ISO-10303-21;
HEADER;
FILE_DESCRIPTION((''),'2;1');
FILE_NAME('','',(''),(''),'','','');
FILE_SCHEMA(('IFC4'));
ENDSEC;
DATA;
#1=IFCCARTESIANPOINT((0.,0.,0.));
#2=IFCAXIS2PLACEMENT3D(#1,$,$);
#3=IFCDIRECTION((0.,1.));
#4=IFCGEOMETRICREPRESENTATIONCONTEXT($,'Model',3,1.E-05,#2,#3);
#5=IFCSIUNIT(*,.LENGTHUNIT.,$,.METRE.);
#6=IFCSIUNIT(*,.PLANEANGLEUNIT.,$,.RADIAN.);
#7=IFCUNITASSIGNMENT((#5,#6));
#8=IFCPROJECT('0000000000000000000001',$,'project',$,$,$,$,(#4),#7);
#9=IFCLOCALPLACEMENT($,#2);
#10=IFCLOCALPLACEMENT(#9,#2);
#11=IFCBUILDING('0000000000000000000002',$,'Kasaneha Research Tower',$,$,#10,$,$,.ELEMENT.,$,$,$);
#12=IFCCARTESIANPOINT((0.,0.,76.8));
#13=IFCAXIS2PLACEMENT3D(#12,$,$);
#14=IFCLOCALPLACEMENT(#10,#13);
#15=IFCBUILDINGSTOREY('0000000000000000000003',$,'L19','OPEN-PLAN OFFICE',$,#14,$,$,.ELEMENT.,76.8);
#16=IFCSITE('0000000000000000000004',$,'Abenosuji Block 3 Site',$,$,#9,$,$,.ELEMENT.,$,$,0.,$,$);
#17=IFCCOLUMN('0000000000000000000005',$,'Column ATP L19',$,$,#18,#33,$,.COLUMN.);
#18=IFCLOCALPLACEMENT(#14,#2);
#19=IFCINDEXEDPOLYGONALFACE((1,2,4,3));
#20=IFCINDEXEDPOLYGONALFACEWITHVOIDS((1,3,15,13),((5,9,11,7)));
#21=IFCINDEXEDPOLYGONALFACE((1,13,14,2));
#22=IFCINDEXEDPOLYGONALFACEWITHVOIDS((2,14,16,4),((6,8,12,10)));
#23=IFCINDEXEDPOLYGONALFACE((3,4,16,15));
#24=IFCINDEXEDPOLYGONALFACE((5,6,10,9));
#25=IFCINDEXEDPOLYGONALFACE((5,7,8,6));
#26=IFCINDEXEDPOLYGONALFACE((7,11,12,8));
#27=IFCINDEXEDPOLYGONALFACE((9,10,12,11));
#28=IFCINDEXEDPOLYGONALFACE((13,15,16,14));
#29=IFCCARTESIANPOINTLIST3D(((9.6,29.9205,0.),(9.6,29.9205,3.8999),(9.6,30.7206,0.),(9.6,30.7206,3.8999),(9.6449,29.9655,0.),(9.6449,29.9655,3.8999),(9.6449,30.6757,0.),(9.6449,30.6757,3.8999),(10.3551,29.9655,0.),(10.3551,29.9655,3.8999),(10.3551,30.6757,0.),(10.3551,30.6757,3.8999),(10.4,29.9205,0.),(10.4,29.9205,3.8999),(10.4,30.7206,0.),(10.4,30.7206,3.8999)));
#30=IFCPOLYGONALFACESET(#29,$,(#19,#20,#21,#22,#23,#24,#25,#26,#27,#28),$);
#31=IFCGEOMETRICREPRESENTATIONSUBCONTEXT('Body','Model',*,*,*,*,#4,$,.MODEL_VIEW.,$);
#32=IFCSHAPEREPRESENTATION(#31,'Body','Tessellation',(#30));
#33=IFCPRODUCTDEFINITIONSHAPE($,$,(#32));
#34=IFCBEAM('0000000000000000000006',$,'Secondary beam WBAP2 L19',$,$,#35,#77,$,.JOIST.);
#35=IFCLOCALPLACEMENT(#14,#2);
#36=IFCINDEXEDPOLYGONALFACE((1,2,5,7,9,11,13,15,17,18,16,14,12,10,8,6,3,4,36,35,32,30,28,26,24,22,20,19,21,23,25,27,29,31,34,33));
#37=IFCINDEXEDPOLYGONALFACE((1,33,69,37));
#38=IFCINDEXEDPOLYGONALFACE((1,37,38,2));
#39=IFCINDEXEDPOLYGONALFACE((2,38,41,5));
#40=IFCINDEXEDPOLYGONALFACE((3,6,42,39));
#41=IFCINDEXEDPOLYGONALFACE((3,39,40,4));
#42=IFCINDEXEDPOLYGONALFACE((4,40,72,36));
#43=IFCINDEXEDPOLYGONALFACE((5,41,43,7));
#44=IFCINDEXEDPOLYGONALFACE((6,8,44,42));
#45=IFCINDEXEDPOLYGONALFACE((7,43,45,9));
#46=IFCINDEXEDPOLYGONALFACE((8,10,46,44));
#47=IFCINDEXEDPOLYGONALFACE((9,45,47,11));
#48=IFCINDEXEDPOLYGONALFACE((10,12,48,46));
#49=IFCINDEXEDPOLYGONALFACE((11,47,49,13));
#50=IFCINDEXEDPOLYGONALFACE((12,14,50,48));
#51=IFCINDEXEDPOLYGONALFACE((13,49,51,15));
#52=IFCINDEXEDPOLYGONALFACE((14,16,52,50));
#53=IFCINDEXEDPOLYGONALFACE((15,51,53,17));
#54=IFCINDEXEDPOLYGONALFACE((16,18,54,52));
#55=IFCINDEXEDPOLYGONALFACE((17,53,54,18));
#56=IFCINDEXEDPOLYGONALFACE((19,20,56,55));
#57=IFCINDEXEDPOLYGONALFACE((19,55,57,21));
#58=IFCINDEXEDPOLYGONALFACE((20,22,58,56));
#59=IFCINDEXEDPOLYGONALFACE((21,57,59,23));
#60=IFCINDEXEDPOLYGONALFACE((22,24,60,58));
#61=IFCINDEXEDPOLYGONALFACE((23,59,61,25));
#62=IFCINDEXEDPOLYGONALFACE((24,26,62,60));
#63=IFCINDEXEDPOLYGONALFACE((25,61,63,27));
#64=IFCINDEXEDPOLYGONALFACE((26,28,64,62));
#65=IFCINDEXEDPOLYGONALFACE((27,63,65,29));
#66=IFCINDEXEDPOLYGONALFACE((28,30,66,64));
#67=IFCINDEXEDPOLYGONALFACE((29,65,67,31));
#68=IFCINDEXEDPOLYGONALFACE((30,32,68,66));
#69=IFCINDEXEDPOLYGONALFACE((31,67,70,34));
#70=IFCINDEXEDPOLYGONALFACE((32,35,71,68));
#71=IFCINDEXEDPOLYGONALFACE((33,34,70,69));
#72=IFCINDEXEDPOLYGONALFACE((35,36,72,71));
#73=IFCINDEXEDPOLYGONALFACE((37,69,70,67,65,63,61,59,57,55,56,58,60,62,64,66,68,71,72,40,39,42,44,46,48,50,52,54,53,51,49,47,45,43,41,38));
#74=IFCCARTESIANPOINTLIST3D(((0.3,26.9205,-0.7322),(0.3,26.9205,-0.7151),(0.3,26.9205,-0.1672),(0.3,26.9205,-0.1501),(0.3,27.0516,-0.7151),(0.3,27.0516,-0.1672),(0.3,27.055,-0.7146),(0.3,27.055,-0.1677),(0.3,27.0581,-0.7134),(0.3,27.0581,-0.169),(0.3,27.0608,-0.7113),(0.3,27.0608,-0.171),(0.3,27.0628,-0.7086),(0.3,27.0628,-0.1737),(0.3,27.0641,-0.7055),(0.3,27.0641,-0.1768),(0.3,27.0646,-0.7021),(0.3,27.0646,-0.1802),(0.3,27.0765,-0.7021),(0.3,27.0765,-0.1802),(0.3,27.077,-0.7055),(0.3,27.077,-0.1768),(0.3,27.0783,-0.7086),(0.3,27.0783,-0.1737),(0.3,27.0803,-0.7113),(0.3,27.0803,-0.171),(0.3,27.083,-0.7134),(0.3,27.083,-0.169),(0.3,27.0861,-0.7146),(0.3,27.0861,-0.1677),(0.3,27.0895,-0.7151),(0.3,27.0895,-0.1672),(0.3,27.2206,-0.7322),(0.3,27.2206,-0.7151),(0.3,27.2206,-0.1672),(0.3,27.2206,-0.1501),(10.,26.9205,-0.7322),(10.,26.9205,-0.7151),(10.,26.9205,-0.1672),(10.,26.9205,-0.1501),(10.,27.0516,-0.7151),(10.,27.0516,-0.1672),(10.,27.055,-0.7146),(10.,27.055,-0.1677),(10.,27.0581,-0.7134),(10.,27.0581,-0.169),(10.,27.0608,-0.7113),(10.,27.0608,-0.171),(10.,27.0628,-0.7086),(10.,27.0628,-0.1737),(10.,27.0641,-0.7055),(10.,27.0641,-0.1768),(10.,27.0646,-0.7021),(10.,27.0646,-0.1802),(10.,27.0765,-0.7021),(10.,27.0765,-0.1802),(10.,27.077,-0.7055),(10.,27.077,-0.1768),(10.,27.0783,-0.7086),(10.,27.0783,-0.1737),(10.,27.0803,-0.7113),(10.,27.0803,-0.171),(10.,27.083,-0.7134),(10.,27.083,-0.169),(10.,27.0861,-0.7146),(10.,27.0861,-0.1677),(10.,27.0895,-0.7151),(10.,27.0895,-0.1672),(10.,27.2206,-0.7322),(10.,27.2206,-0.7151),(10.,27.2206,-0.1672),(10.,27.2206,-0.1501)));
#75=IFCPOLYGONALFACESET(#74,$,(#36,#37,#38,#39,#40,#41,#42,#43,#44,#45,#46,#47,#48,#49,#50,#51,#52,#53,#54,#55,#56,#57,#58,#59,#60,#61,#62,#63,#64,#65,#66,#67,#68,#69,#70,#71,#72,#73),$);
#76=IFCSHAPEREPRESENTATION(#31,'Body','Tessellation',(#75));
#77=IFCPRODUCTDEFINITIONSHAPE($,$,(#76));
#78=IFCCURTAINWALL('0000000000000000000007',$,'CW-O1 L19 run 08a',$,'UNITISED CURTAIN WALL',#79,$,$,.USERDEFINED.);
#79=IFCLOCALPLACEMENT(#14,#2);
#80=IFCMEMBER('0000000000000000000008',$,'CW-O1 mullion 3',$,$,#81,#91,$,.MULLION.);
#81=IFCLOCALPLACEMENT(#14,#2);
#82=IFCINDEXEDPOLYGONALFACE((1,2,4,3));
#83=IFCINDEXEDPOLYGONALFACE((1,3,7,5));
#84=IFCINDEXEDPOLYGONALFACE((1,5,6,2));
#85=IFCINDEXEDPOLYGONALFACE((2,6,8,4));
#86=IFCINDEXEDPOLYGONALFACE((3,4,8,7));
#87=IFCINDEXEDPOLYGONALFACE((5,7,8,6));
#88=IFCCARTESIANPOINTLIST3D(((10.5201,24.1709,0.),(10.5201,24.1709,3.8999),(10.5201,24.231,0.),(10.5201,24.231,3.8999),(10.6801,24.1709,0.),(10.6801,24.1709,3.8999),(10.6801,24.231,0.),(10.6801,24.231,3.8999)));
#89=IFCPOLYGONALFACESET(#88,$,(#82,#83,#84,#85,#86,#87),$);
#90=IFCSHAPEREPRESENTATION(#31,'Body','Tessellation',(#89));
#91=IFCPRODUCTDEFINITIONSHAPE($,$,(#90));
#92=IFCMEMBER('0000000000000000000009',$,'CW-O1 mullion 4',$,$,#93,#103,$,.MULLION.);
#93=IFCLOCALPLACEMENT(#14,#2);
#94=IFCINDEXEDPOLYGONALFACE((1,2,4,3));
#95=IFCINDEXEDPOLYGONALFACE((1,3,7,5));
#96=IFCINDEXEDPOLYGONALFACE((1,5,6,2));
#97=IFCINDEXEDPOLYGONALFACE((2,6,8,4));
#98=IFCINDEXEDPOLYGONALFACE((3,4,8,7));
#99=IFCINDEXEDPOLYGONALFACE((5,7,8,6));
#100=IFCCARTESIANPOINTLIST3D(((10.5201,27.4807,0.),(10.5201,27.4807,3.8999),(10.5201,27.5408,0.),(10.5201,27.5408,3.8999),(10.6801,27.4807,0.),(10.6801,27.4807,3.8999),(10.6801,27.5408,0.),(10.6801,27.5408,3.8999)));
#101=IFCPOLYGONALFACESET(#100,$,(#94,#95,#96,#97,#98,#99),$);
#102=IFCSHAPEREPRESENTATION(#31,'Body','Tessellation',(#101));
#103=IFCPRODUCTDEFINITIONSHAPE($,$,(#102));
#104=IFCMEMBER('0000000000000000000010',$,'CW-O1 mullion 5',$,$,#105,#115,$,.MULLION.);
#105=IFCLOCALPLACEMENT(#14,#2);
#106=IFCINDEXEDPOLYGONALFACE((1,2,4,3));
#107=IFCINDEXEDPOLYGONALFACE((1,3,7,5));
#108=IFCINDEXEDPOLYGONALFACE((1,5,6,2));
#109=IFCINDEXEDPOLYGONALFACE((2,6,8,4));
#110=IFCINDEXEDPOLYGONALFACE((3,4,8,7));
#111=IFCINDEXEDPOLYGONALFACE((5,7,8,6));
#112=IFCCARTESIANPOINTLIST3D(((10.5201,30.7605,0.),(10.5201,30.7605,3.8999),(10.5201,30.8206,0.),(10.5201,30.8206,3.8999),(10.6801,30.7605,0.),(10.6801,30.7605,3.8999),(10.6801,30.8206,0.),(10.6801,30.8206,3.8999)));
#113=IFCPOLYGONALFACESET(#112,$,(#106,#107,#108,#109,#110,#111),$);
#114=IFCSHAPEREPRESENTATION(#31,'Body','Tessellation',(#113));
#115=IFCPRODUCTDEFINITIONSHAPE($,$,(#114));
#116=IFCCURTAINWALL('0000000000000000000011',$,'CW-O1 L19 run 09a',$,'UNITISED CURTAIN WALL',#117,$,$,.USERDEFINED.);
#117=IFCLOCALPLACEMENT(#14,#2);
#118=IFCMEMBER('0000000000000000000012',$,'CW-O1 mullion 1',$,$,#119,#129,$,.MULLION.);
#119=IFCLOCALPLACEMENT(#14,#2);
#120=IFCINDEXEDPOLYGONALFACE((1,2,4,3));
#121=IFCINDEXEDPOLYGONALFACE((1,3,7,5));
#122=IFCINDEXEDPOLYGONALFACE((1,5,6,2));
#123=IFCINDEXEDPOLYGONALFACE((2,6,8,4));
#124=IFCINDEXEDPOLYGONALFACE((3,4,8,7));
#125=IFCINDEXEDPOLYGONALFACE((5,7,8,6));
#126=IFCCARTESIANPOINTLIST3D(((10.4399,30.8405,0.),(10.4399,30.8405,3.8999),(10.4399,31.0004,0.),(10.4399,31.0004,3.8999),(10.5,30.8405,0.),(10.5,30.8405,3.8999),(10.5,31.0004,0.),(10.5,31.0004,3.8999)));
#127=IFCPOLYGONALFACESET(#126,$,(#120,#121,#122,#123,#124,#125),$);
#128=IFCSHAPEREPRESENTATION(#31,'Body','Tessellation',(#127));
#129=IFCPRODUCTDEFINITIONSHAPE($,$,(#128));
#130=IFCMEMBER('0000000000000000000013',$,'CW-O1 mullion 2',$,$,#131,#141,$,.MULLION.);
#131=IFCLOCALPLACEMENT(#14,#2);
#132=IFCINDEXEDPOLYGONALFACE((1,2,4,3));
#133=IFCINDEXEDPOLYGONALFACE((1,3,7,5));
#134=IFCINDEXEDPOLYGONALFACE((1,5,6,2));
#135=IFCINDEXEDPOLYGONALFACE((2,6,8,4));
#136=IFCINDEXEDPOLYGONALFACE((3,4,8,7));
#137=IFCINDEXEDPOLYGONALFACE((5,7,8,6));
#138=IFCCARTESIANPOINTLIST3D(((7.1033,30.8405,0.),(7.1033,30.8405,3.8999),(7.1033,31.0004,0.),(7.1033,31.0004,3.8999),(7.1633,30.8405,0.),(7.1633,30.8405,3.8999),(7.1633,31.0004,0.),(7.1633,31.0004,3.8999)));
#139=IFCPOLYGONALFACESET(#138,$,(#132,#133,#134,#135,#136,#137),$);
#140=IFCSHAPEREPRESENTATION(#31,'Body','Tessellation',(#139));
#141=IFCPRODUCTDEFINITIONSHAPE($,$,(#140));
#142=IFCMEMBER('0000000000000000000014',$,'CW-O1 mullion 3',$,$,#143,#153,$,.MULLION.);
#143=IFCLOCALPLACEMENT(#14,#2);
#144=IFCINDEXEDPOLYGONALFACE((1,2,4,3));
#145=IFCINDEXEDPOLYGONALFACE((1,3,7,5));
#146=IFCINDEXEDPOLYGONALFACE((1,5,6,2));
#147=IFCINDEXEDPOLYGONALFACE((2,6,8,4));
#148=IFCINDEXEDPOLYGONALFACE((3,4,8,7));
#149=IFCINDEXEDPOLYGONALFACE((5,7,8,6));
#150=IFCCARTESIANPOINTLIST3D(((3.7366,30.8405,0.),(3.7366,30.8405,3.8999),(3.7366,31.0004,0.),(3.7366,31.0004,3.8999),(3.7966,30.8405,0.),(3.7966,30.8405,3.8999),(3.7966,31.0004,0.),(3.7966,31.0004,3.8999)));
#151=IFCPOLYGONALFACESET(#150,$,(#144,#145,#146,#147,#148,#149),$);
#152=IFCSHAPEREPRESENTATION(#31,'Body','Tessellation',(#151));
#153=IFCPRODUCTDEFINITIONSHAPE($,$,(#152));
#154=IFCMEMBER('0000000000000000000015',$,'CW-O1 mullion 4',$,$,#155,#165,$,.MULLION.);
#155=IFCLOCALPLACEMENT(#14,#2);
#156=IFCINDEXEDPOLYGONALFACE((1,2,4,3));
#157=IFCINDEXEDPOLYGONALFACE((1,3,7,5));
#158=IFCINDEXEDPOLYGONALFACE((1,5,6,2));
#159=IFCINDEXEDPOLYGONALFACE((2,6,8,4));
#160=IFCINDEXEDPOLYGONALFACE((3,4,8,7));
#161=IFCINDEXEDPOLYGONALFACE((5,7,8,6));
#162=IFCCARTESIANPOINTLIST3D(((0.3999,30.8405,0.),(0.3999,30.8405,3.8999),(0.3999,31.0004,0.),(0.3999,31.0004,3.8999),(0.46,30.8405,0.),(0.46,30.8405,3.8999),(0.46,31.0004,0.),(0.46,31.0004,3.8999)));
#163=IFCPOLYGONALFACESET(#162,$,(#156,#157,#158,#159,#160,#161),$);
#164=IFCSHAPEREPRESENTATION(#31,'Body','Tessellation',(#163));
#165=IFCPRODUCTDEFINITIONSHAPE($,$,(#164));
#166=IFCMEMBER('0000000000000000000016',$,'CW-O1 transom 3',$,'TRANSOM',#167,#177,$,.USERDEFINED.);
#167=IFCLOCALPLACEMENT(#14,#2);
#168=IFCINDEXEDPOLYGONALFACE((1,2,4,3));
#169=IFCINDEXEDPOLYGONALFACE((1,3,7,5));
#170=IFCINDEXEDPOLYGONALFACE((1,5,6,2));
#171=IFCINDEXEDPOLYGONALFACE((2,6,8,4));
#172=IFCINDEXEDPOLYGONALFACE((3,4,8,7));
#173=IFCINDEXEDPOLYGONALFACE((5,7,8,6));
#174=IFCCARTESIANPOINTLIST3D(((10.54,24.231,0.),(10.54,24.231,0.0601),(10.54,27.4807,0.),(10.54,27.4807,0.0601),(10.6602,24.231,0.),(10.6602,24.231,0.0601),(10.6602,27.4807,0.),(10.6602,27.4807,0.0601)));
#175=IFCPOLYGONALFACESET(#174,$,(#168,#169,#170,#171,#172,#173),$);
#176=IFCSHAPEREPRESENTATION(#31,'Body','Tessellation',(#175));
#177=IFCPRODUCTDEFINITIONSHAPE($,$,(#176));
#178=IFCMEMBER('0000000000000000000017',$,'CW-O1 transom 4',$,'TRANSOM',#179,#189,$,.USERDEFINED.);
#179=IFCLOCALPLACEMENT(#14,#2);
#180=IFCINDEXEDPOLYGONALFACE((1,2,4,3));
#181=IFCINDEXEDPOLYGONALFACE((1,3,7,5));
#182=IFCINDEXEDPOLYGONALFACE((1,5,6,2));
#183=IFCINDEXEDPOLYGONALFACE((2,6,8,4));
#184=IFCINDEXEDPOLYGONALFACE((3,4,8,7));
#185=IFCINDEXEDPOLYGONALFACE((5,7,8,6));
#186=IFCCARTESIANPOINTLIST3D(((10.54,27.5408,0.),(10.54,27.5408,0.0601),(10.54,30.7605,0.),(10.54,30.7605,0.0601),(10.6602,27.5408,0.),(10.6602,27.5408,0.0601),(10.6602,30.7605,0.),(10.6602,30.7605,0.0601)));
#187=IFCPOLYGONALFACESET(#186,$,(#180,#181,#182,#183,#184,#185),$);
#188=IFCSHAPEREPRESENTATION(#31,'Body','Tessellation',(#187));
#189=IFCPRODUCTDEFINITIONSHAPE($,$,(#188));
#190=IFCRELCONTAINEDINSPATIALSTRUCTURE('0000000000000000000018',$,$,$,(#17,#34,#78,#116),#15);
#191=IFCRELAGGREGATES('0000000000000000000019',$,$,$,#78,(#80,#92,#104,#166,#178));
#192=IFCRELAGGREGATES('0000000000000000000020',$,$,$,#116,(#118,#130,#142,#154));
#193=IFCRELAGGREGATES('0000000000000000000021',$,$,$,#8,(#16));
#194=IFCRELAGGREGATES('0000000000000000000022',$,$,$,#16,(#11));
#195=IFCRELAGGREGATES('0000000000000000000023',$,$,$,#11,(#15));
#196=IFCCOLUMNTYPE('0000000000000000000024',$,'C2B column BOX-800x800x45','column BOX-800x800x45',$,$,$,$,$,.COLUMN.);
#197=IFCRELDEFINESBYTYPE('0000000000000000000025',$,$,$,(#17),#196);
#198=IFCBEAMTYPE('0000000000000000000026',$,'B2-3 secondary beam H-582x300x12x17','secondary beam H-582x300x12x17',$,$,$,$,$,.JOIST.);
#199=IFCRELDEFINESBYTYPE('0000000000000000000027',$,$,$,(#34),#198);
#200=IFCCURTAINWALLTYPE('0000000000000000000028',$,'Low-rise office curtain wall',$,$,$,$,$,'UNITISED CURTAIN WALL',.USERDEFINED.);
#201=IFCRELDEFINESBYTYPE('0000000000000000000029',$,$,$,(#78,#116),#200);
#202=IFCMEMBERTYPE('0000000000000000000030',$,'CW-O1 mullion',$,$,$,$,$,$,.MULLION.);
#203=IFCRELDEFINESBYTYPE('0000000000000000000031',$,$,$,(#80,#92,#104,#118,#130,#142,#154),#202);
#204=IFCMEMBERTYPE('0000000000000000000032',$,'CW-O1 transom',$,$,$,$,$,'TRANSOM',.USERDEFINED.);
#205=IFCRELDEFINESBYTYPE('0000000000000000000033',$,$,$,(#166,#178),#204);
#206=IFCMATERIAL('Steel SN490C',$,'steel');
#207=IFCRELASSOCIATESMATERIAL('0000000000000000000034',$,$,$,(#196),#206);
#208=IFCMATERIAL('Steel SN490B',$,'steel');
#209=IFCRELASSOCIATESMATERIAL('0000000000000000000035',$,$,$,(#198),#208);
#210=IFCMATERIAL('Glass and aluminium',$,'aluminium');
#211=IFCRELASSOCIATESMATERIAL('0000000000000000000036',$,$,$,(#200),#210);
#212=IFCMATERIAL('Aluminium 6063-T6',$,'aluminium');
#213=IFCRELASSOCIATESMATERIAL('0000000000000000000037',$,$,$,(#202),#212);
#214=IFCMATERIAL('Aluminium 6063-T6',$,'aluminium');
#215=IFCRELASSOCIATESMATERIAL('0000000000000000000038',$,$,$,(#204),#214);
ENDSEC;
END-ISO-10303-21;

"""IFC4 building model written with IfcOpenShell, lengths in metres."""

from ifc_helpers import new_model, si_unit, direction, frame, origin, origin_2d, place, context, subcontext, project, spatial, rectangle, hollow_rectangle, i_section, extrude, material, material_profile, profile_set, type_object, element, aggregate, save


model = new_model("IFC4")

# Units and contexts
model_context = context("Model", 3, precision=1e-05, world=origin(), true_north=direction((0.0, 1.0)))
body_context = subcontext(model_context, "Body", "Model", "MODEL_VIEW")
ifc_project = project(units=[si_unit("LENGTHUNIT", "METRE"), si_unit("PLANEANGLEUNIT", "RADIAN")], contexts=[model_context])

# Site, building, storey
site_placement = place(None, origin())
site = spatial("IfcSite", under=ifc_project, at=site_placement, Name="Abenosuji Block 3 Site", CompositionType="ELEMENT", RefElevation=0.0)
building_placement = place(site_placement, origin())
building = spatial("IfcBuilding", under=site, at=building_placement, Name="Kasaneha Research Tower", CompositionType="ELEMENT")
storey_placement = place(building_placement, frame((0.0, 0.0, 76.8)))
storey = spatial("IfcBuildingStorey", under=building, at=storey_placement, Name="L19", Description="OPEN-PLAN OFFICE", CompositionType="ELEMENT", Elevation=76.8)

# Column
ifc_material_1 = material(Name="Steel SN490C", Category="steel")
ifc_material_profile_1 = material_profile(ifc_material_1, hollow_rectangle(XDim=0.8, YDim=0.8, WallThickness=0.0449, at=origin_2d()), Name="BOX-800x800x45")
ifc_profile_set_1 = profile_set([ifc_material_profile_1], Name="Steel SN490C")
column_type = type_object("IfcColumnType", Name="C2B column BOX-800x800x45", Description="column BOX-800x800x45", PredefinedType="COLUMN", material=ifc_profile_set_1)
column_placement = place(storey_placement, frame((10.0, 30.3206, 0.0), z_axis=(0.0, 0.0, 1.0), x_axis=(1.0, 0.0, 0.0)))
element("IfcColumn", 1, at=column_placement, inside=storey, type_object=column_type, Name="Column ATP L19", PredefinedType="COLUMN", context=body_context, shape_type="SweptSolid", body=[
    extrude(hollow_rectangle(XDim=0.8, YDim=0.8, WallThickness=0.0449, at=origin_2d()), origin(), (0.0, 0.0, 1.0), 3.8999),
])

# Beam
ifc_material_2 = material(Name="Steel SN490B", Category="steel")
ifc_material_profile_2 = material_profile(ifc_material_2, i_section(OverallWidth=0.3, OverallDepth=0.582, WebThickness=0.012, FlangeThickness=0.0171, FilletRadius=0.0129, at=origin_2d()), Name="H-582x300x12x17")
ifc_profile_set_2 = profile_set([ifc_material_profile_2], Name="Steel SN490B")
beam_type_1 = type_object("IfcBeamType", Name="B2-3 secondary beam H-582x300x12x17", Description="secondary beam H-582x300x12x17", PredefinedType="JOIST", material=ifc_profile_set_2)
beam_1_placement = place(storey_placement, frame((10.0, 27.0706, -0.4412), z_axis=(-1.0, 0.0, 0.0), x_axis=(0.0, -1.0, 0.0)))
element("IfcBeam", 2, at=beam_1_placement, inside=storey, type_object=beam_type_1, Name="Secondary beam WBAP2 L19", PredefinedType="JOIST", context=body_context, shape_type="SweptSolid", body=[
    extrude(i_section(OverallWidth=0.3, OverallDepth=0.582, WebThickness=0.012, FlangeThickness=0.0171, FilletRadius=0.0129, at=origin_2d()), origin(), (0.0, 0.0, 1.0), 9.7),
])

# Curtain walls, members
ifc_material_3 = material(Name="Glass and aluminium", Category="aluminium")
curtain_wall_type = type_object("IfcCurtainWallType", Name="Low-rise office curtain wall", ElementType="UNITISED CURTAIN WALL", PredefinedType="USERDEFINED", material=ifc_material_3)
curtain_wall_1_placement = place(storey_placement, origin())
curtain_wall_1 = element("IfcCurtainWall", 3, at=curtain_wall_1_placement, inside=storey, type_object=curtain_wall_type, Name="CW-O1 L19 run 08a", ObjectType="UNITISED CURTAIN WALL", PredefinedType="USERDEFINED")
ifc_material_4 = material(Name="Aluminium 6063-T6", Category="aluminium")
ifc_material_profile_3 = material_profile(ifc_material_4, rectangle(XDim=0.0601, YDim=0.1599, at=origin_2d()), Name="CW-O1 mullion 60x160")
ifc_profile_set_3 = profile_set([ifc_material_profile_3], Name="Aluminium 6063-T6")
member_type_1 = type_object("IfcMemberType", Name="CW-O1 mullion", PredefinedType="MULLION", material=ifc_profile_set_3)
member_1_placement = place(storey_placement, frame((10.6001, 24.2009, 0.0), z_axis=(0.0, 0.0, 1.0), x_axis=(0.0, 1.0, 0.0)))
member_1 = element("IfcMember", 4, at=member_1_placement, type_object=member_type_1, Name="CW-O1 mullion 3", PredefinedType="MULLION", context=body_context, shape_type="SweptSolid", body=[
    extrude(rectangle(XDim=0.0601, YDim=0.1599, at=origin_2d()), origin(), (0.0, 0.0, 1.0), 3.8999),
])
member_2_placement = place(storey_placement, frame((10.6001, 27.5107, 0.0), z_axis=(0.0, 0.0, 1.0), x_axis=(0.0, 1.0, 0.0)))
member_2 = element("IfcMember", 5, at=member_2_placement, type_object=member_type_1, Name="CW-O1 mullion 4", PredefinedType="MULLION", context=body_context, shape_type="SweptSolid", body=[
    extrude(rectangle(XDim=0.0601, YDim=0.1599, at=origin_2d()), origin(), (0.0, 0.0, 1.0), 3.8999),
])
member_3_placement = place(storey_placement, frame((10.6001, 30.7905, 0.0), z_axis=(0.0, 0.0, 1.0), x_axis=(0.0, 1.0, 0.0)))
member_3 = element("IfcMember", 6, at=member_3_placement, type_object=member_type_1, Name="CW-O1 mullion 5", PredefinedType="MULLION", context=body_context, shape_type="SweptSolid", body=[
    extrude(rectangle(XDim=0.0601, YDim=0.1599, at=origin_2d()), origin(), (0.0, 0.0, 1.0), 3.8999),
])
curtain_wall_2_placement = place(storey_placement, origin())
curtain_wall_2 = element("IfcCurtainWall", 7, at=curtain_wall_2_placement, inside=storey, type_object=curtain_wall_type, Name="CW-O1 L19 run 09a", ObjectType="UNITISED CURTAIN WALL", PredefinedType="USERDEFINED")
member_4_placement = place(storey_placement, frame((10.47, 30.9204, 0.0), z_axis=(0.0, 0.0, 1.0), x_axis=(-1.0, 0.0, 0.0)))
member_4 = element("IfcMember", 8, at=member_4_placement, type_object=member_type_1, Name="CW-O1 mullion 1", PredefinedType="MULLION", context=body_context, shape_type="SweptSolid", body=[
    extrude(rectangle(XDim=0.0601, YDim=0.1599, at=origin_2d()), origin(), (0.0, 0.0, 1.0), 3.8999),
])
member_5_placement = place(storey_placement, frame((7.1333, 30.9204, 0.0), z_axis=(0.0, 0.0, 1.0), x_axis=(-1.0, 0.0, 0.0)))
member_5 = element("IfcMember", 9, at=member_5_placement, type_object=member_type_1, Name="CW-O1 mullion 2", PredefinedType="MULLION", context=body_context, shape_type="SweptSolid", body=[
    extrude(rectangle(XDim=0.0601, YDim=0.1599, at=origin_2d()), origin(), (0.0, 0.0, 1.0), 3.8999),
])
member_6_placement = place(storey_placement, frame((3.7666, 30.9204, 0.0), z_axis=(0.0, 0.0, 1.0), x_axis=(-1.0, 0.0, 0.0)))
member_6 = element("IfcMember", 10, at=member_6_placement, type_object=member_type_1, Name="CW-O1 mullion 3", PredefinedType="MULLION", context=body_context, shape_type="SweptSolid", body=[
    extrude(rectangle(XDim=0.0601, YDim=0.1599, at=origin_2d()), origin(), (0.0, 0.0, 1.0), 3.8999),
])
member_7_placement = place(storey_placement, frame((0.4299, 30.9204, 0.0), z_axis=(0.0, 0.0, 1.0), x_axis=(-1.0, 0.0, 0.0)))
member_7 = element("IfcMember", 11, at=member_7_placement, type_object=member_type_1, Name="CW-O1 mullion 4", PredefinedType="MULLION", context=body_context, shape_type="SweptSolid", body=[
    extrude(rectangle(XDim=0.0601, YDim=0.1599, at=origin_2d()), origin(), (0.0, 0.0, 1.0), 3.8999),
])

# Members
ifc_material_5 = material(Name="Aluminium 6063-T6", Category="aluminium")
ifc_material_profile_4 = material_profile(ifc_material_5, rectangle(XDim=0.1201, YDim=0.0601, at=origin_2d()), Name="CW-O1 transom 120x60")
ifc_profile_set_4 = profile_set([ifc_material_profile_4], Name="Aluminium 6063-T6")
member_type_2 = type_object("IfcMemberType", Name="CW-O1 transom", ElementType="TRANSOM", PredefinedType="USERDEFINED", material=ifc_profile_set_4)
member_8_placement = place(storey_placement, frame((10.6001, 24.231, 0.03), z_axis=(0.0, 1.0, 0.0), x_axis=(-1.0, 0.0, 0.0)))
member_8 = element("IfcMember", 12, at=member_8_placement, type_object=member_type_2, Name="CW-O1 transom 3", ObjectType="TRANSOM", PredefinedType="USERDEFINED", context=body_context, shape_type="SweptSolid", body=[
    extrude(rectangle(XDim=0.1201, YDim=0.0601, at=origin_2d()), origin(), (0.0, 0.0, 1.0), 3.2498),
])
member_9_placement = place(storey_placement, frame((10.6001, 27.5408, 0.03), z_axis=(0.0, 1.0, 0.0), x_axis=(-1.0, 0.0, 0.0)))
member_9 = element("IfcMember", 13, at=member_9_placement, type_object=member_type_2, Name="CW-O1 transom 4", ObjectType="TRANSOM", PredefinedType="USERDEFINED", context=body_context, shape_type="SweptSolid", body=[
    extrude(rectangle(XDim=0.1201, YDim=0.0601, at=origin_2d()), origin(), (0.0, 0.0, 1.0), 3.2197),
])

aggregate(curtain_wall_1, [member_1, member_2, member_3, member_8, member_9])
aggregate(curtain_wall_2, [member_4, member_5, member_6, member_7])

save(model, "model.ifc")
